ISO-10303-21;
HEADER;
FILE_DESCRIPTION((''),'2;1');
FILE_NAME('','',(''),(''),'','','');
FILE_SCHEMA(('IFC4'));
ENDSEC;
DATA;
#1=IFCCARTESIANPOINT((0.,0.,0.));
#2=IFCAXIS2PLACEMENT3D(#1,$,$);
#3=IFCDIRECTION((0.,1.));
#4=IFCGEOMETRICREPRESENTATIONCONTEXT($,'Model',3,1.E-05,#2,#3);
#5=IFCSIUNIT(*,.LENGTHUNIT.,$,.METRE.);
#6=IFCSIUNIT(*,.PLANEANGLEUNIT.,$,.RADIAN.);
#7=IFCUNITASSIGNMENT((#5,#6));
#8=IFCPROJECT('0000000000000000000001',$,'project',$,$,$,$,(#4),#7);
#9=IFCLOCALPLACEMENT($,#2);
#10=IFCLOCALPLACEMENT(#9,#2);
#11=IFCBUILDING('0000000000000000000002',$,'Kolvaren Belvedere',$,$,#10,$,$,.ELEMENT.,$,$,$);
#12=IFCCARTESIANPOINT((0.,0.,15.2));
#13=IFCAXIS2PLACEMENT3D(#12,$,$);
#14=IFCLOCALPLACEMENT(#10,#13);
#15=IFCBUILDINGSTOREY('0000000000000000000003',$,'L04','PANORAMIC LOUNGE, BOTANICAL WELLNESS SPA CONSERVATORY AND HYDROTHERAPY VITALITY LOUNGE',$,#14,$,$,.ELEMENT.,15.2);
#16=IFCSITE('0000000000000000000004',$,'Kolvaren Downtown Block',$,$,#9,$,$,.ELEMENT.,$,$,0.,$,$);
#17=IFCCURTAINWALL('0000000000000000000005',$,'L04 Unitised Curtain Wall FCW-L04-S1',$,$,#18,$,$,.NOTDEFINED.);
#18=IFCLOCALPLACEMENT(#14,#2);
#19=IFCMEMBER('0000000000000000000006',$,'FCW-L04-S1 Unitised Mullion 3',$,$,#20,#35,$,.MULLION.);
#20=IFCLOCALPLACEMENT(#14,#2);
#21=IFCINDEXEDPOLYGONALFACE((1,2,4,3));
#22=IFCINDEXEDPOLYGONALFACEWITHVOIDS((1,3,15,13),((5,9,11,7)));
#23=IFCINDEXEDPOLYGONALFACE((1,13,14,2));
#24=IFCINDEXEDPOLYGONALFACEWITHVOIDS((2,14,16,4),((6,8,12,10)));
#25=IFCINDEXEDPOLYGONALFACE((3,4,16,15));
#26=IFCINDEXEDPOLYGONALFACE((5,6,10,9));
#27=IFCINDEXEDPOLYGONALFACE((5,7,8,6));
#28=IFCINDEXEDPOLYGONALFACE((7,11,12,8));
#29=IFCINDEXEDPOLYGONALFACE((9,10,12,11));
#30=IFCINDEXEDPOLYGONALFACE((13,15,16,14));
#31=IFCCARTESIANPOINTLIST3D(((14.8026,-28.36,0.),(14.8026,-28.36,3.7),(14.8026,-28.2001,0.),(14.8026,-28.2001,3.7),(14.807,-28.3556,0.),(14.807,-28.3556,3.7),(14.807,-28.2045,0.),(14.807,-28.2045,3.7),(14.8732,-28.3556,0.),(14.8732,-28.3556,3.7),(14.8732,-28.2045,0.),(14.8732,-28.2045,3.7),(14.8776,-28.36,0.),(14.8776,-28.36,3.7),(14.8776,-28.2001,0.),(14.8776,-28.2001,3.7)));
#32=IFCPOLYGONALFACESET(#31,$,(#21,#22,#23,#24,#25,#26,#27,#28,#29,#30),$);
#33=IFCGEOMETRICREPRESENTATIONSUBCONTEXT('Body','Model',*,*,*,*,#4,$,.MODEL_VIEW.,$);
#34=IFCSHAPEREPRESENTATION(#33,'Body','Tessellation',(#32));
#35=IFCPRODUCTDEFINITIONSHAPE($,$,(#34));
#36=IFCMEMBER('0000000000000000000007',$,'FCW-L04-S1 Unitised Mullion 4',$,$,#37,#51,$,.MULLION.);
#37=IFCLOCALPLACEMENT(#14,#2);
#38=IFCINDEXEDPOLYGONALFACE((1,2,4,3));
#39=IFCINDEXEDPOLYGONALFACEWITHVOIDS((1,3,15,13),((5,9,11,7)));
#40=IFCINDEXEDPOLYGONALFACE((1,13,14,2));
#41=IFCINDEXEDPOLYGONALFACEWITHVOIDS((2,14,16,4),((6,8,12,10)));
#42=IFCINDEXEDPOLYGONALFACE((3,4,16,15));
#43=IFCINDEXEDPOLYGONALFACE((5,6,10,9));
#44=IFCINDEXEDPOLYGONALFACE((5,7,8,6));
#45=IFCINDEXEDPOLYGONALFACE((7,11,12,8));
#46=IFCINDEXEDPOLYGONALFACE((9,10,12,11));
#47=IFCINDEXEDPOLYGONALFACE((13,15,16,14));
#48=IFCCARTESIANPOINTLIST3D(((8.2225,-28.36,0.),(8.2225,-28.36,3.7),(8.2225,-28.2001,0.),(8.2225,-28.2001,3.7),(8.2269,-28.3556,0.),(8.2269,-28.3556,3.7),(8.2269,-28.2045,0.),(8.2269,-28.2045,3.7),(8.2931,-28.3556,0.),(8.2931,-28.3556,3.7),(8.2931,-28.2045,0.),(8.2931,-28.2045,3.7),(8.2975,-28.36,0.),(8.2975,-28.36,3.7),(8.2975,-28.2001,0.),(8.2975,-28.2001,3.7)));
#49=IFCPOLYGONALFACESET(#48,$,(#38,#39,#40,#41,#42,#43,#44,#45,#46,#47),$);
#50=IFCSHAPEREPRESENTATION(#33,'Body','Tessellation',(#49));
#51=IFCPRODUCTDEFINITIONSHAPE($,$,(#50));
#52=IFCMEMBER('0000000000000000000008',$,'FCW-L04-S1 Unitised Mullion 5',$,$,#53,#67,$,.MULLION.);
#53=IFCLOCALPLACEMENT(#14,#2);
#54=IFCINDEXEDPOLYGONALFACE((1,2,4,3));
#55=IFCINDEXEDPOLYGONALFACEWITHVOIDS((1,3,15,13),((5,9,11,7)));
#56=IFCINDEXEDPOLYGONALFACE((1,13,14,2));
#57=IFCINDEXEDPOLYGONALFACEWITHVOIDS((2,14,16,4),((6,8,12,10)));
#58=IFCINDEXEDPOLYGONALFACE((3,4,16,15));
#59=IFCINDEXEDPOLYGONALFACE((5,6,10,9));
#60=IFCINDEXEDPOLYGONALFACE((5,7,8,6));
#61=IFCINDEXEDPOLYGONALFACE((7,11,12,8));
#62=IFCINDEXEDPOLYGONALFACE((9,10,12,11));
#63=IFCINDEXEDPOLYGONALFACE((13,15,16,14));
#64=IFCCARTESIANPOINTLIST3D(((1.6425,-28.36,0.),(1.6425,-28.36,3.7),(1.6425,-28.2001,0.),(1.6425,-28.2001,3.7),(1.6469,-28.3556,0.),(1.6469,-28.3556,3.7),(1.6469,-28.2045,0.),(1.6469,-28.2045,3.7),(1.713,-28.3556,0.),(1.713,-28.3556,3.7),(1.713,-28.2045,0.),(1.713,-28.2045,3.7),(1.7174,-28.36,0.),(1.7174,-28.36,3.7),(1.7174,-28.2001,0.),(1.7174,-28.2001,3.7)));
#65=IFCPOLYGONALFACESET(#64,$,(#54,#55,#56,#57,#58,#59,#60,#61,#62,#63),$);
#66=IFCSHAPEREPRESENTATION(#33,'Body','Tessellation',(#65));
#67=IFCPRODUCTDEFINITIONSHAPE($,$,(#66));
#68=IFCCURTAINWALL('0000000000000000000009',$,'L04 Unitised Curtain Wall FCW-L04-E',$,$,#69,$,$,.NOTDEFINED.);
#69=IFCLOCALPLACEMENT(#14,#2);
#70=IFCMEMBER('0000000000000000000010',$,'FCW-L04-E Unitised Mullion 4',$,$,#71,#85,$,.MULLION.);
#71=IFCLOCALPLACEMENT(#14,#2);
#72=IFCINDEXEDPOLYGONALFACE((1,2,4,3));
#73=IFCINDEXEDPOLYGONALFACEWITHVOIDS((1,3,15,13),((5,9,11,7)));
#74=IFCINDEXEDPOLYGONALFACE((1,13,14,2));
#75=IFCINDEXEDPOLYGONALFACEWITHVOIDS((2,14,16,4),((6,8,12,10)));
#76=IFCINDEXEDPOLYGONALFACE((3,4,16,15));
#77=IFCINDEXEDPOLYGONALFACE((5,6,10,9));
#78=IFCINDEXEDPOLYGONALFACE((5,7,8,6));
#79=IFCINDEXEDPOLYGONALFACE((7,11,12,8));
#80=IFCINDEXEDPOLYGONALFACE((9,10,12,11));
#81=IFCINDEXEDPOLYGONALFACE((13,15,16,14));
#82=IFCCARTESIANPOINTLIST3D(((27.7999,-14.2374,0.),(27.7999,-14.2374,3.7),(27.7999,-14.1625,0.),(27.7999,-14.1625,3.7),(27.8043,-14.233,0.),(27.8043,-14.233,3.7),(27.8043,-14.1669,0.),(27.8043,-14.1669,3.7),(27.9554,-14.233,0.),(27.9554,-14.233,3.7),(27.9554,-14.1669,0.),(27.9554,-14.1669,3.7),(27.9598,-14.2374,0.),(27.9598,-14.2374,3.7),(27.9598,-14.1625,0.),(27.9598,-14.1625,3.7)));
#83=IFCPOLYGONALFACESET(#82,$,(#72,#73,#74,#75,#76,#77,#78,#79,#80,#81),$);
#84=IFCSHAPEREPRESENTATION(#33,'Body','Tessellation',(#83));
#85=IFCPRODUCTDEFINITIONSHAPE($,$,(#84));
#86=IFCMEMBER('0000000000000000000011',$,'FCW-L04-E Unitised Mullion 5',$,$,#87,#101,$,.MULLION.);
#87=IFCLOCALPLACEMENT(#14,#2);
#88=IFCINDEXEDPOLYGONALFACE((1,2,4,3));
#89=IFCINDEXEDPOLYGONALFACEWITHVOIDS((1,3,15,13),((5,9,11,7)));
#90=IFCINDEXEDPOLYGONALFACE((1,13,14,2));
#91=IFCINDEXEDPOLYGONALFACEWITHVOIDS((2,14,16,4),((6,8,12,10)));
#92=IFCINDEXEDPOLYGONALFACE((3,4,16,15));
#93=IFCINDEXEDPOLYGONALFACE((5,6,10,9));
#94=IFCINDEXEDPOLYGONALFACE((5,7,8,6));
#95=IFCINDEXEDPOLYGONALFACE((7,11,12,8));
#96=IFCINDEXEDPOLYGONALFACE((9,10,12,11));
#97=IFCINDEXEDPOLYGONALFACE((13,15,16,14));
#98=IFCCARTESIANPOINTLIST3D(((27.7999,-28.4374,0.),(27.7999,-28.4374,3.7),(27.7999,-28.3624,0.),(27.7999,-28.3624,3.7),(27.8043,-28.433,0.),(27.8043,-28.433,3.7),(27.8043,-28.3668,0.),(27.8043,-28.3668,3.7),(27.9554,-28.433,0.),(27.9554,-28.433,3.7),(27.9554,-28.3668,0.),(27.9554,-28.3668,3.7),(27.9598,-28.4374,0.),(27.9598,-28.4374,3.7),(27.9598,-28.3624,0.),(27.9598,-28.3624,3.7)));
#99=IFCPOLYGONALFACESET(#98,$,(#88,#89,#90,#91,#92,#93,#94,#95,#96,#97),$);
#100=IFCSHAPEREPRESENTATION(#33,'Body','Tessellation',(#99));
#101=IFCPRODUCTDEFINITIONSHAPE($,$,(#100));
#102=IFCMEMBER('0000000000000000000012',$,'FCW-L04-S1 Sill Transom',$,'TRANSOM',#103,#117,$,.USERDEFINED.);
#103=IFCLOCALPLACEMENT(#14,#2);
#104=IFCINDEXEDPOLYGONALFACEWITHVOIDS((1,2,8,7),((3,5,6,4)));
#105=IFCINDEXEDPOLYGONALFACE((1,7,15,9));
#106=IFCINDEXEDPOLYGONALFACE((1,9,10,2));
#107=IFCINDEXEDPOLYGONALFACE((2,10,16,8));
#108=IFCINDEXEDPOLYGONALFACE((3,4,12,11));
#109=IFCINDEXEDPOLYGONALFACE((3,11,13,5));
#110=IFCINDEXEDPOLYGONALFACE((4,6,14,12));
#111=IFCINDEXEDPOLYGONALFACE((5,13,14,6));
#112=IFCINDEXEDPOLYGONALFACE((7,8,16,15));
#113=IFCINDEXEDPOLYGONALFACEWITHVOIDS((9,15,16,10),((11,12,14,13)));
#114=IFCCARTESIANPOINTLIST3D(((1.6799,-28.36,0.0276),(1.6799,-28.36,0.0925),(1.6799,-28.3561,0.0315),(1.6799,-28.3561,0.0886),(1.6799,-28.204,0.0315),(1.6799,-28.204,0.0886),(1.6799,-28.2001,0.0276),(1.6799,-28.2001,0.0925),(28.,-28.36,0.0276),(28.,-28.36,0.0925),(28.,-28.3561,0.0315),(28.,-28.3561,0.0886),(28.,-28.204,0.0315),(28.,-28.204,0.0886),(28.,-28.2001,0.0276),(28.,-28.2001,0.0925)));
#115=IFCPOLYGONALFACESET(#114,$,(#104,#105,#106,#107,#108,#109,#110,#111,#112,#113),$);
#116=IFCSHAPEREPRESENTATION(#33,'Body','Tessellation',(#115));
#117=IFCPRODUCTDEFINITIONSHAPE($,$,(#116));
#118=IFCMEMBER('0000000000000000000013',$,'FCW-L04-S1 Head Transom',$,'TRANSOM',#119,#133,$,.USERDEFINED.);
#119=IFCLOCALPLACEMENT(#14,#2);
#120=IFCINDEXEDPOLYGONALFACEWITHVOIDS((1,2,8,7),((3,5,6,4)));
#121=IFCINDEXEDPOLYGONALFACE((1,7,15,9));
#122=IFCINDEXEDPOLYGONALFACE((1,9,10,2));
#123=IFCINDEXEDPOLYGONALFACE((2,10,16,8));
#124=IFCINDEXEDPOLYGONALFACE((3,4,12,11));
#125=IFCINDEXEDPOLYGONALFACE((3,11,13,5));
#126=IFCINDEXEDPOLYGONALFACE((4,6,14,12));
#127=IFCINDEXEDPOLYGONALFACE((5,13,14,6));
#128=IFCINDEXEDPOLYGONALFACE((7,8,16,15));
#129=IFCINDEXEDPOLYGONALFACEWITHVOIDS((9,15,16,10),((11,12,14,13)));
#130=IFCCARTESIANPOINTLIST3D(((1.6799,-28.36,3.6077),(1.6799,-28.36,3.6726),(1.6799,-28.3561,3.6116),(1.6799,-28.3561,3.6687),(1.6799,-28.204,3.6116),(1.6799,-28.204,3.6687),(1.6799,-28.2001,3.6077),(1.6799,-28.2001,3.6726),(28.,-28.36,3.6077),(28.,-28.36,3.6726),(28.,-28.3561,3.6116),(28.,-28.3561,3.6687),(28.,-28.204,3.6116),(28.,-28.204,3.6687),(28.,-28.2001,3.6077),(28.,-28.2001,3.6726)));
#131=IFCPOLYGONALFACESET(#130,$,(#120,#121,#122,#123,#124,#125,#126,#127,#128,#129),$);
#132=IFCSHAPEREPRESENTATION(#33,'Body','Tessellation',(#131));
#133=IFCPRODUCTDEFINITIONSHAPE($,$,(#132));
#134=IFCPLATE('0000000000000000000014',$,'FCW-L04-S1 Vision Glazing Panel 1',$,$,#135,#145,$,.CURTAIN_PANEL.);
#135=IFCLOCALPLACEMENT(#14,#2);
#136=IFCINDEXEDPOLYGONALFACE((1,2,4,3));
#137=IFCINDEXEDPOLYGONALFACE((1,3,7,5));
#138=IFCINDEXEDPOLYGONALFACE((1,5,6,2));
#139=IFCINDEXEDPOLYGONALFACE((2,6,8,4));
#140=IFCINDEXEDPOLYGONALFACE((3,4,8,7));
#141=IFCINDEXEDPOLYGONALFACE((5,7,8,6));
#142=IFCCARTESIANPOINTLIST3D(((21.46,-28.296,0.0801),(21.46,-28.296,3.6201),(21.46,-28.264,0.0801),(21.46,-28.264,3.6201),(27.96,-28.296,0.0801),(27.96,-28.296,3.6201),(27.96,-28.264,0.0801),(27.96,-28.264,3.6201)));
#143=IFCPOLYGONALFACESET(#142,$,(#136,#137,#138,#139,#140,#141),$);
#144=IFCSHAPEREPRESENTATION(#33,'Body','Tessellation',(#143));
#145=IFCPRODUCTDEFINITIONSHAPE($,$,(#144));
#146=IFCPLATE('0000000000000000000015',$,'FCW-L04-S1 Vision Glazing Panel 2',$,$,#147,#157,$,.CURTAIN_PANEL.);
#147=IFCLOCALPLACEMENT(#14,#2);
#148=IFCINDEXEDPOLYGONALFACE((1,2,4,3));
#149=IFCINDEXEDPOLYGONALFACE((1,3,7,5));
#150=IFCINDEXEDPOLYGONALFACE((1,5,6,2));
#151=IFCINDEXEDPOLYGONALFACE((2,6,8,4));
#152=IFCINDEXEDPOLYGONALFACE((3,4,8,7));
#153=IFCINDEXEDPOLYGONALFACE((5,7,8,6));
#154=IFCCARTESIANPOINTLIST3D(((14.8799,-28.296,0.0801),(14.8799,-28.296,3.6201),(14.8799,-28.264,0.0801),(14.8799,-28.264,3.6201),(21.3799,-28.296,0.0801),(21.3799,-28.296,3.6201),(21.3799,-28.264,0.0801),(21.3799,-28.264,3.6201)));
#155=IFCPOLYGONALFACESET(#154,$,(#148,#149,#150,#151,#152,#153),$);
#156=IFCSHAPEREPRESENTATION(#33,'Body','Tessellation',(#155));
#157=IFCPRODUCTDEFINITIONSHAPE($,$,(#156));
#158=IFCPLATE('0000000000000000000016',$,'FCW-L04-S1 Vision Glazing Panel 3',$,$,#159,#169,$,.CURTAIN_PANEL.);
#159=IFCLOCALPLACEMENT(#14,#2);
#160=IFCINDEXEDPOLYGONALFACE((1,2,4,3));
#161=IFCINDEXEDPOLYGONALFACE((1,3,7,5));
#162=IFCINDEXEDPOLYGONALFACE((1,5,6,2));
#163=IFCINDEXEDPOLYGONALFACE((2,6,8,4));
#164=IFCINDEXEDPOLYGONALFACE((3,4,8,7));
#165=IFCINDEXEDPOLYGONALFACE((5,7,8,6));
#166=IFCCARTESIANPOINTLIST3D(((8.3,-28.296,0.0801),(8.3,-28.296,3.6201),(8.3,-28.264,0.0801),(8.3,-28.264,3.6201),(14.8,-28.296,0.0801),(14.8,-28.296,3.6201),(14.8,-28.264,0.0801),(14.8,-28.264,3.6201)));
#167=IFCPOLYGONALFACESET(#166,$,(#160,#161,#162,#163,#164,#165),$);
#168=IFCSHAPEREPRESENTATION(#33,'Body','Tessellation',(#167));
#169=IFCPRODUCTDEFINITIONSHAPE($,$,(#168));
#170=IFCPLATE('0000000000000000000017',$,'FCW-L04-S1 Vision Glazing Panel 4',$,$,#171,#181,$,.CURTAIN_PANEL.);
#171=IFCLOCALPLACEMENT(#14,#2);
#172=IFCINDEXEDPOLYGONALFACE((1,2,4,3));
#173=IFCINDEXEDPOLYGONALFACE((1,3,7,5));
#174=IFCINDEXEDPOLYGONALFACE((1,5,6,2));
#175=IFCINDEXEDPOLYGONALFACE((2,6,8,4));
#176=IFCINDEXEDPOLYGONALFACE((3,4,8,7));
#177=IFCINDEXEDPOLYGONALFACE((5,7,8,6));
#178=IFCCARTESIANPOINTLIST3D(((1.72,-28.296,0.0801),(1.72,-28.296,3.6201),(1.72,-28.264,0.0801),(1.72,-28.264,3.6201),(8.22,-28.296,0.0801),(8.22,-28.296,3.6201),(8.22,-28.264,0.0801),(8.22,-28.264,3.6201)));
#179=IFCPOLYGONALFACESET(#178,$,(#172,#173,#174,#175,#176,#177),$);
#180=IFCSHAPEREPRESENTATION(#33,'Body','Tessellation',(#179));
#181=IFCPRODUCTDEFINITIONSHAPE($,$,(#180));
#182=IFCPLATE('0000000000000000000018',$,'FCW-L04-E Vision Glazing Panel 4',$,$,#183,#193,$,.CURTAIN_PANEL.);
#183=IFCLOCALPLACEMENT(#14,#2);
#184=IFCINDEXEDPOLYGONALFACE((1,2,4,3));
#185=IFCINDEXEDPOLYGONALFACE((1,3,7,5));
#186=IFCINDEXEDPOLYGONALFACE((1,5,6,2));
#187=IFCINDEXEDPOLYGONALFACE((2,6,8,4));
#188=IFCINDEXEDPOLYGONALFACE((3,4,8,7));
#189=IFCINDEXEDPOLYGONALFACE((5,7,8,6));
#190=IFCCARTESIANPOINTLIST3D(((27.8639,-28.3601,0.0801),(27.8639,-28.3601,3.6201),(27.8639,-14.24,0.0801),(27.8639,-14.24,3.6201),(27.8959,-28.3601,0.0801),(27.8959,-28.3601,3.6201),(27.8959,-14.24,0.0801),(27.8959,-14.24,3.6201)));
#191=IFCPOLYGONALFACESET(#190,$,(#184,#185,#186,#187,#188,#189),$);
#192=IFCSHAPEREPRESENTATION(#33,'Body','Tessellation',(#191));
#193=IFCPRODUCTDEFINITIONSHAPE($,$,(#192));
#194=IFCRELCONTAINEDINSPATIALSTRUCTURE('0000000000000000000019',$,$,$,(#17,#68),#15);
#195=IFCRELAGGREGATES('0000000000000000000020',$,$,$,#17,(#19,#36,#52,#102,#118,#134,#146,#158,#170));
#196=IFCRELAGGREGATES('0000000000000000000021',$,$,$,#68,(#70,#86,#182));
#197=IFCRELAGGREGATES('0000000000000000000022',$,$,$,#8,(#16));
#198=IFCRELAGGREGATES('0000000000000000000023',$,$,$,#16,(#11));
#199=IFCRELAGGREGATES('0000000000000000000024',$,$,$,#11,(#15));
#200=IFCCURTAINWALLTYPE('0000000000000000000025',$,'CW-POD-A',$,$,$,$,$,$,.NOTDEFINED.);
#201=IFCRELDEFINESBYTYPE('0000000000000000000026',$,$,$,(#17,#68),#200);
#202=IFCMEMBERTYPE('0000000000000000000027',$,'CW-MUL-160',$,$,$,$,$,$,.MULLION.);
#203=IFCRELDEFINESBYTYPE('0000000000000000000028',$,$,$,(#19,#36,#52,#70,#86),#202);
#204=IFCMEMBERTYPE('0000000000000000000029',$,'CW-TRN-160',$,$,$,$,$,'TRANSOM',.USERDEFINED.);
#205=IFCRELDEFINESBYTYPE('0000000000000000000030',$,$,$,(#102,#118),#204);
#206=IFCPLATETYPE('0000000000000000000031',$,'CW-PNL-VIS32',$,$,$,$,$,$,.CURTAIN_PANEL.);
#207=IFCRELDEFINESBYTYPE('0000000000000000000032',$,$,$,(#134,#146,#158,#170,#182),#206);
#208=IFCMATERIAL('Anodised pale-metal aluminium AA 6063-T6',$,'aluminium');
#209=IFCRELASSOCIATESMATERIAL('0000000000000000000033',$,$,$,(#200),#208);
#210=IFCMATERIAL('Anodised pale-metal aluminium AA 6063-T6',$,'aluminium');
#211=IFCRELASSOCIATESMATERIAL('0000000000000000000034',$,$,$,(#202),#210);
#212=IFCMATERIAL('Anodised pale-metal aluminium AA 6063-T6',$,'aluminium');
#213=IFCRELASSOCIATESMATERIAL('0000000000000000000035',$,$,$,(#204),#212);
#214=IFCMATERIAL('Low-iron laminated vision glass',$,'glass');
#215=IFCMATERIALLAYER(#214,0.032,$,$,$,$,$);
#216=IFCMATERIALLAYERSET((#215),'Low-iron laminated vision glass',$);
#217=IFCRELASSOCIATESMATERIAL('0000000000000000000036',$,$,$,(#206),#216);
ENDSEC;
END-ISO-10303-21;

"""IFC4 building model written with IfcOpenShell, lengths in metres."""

from ifc_helpers import new_model, si_unit, direction, frame, origin, origin_2d, place, context, subcontext, project, spatial, rectangle, hollow_rectangle, extrude, material, layer, layer_set, material_profile, profile_set, type_object, element, aggregate, save


model = new_model("IFC4")

# Units and contexts
model_context = context("Model", 3, precision=1e-05, world=origin(), true_north=direction((0.0, 1.0)))
body_context = subcontext(model_context, "Body", "Model", "MODEL_VIEW")
ifc_project = project(units=[si_unit("LENGTHUNIT", "METRE"), si_unit("PLANEANGLEUNIT", "RADIAN")], contexts=[model_context])

# Site, building, storey
site_placement = place(None, origin())
site = spatial("IfcSite", under=ifc_project, at=site_placement, Name="Kolvaren Downtown Block", CompositionType="ELEMENT", RefElevation=0.0)
building_placement = place(site_placement, origin())
building = spatial("IfcBuilding", under=site, at=building_placement, Name="Kolvaren Belvedere", CompositionType="ELEMENT")
storey_placement = place(building_placement, frame((0.0, 0.0, 15.2)))
storey = spatial("IfcBuildingStorey", under=building, at=storey_placement, Name="L04", Description="PANORAMIC LOUNGE, BOTANICAL WELLNESS SPA CONSERVATORY AND HYDROTHERAPY VITALITY LOUNGE", CompositionType="ELEMENT", Elevation=15.2)

# Curtain walls, members
ifc_material_1 = material(Name="Anodised pale-metal aluminium AA 6063-T6", Category="aluminium")
curtain_wall_type = type_object("IfcCurtainWallType", Name="CW-POD-A", PredefinedType="NOTDEFINED", material=ifc_material_1)
curtain_wall_1_placement = place(storey_placement, origin())
curtain_wall_1 = element("IfcCurtainWall", 1, at=curtain_wall_1_placement, inside=storey, type_object=curtain_wall_type, Name="L04 Unitised Curtain Wall FCW-L04-S1", PredefinedType="NOTDEFINED")
ifc_material_2 = material(Name="Anodised pale-metal aluminium AA 6063-T6", Category="aluminium")
ifc_material_profile_1 = material_profile(ifc_material_2, hollow_rectangle(XDim=0.075, YDim=0.1599, WallThickness=0.0044, at=origin_2d()), Name="ALU-MUL-160X75")
ifc_profile_set_1 = profile_set([ifc_material_profile_1], Name="Anodised pale-metal aluminium AA 6063-T6")
member_type_1 = type_object("IfcMemberType", Name="CW-MUL-160", PredefinedType="MULLION", material=ifc_profile_set_1)
member_1_placement = place(storey_placement, frame((14.8401, -28.28, 0.0), z_axis=(0.0, 0.0, 1.0), x_axis=(1.0, 0.0, 0.0)))
member_1 = element("IfcMember", 2, at=member_1_placement, type_object=member_type_1, Name="FCW-L04-S1 Unitised Mullion 3", PredefinedType="MULLION", context=body_context, shape_type="SweptSolid", body=[
    extrude(hollow_rectangle(XDim=0.075, YDim=0.1599, WallThickness=0.0044, at=origin_2d()), origin(), (0.0, 0.0, 1.0), 3.7),
])
member_2_placement = place(storey_placement, frame((8.26, -28.28, 0.0), z_axis=(0.0, 0.0, 1.0), x_axis=(1.0, 0.0, 0.0)))
member_2 = element("IfcMember", 3, at=member_2_placement, type_object=member_type_1, Name="FCW-L04-S1 Unitised Mullion 4", PredefinedType="MULLION", context=body_context, shape_type="SweptSolid", body=[
    extrude(hollow_rectangle(XDim=0.075, YDim=0.1599, WallThickness=0.0044, at=origin_2d()), origin(), (0.0, 0.0, 1.0), 3.7),
])
member_3_placement = place(storey_placement, frame((1.6799, -28.28, 0.0), z_axis=(0.0, 0.0, 1.0), x_axis=(1.0, 0.0, 0.0)))
member_3 = element("IfcMember", 4, at=member_3_placement, type_object=member_type_1, Name="FCW-L04-S1 Unitised Mullion 5", PredefinedType="MULLION", context=body_context, shape_type="SweptSolid", body=[
    extrude(hollow_rectangle(XDim=0.075, YDim=0.1599, WallThickness=0.0044, at=origin_2d()), origin(), (0.0, 0.0, 1.0), 3.7),
])
curtain_wall_2_placement = place(storey_placement, origin())
curtain_wall_2 = element("IfcCurtainWall", 5, at=curtain_wall_2_placement, inside=storey, type_object=curtain_wall_type, Name="L04 Unitised Curtain Wall FCW-L04-E", PredefinedType="NOTDEFINED")
member_4_placement = place(storey_placement, frame((27.8799, -14.2, 0.0), z_axis=(0.0, 0.0, 1.0), x_axis=(0.0, 1.0, 0.0)))
member_4 = element("IfcMember", 6, at=member_4_placement, type_object=member_type_1, Name="FCW-L04-E Unitised Mullion 4", PredefinedType="MULLION", context=body_context, shape_type="SweptSolid", body=[
    extrude(hollow_rectangle(XDim=0.075, YDim=0.1599, WallThickness=0.0044, at=origin_2d()), origin(), (0.0, 0.0, 1.0), 3.7),
])
member_5_placement = place(storey_placement, frame((27.8799, -28.3999, 0.0), z_axis=(0.0, 0.0, 1.0), x_axis=(0.0, 1.0, 0.0)))
member_5 = element("IfcMember", 7, at=member_5_placement, type_object=member_type_1, Name="FCW-L04-E Unitised Mullion 5", PredefinedType="MULLION", context=body_context, shape_type="SweptSolid", body=[
    extrude(hollow_rectangle(XDim=0.075, YDim=0.1599, WallThickness=0.0044, at=origin_2d()), origin(), (0.0, 0.0, 1.0), 3.7),
])

# Members
ifc_material_3 = material(Name="Anodised pale-metal aluminium AA 6063-T6", Category="aluminium")
ifc_material_profile_2 = material_profile(ifc_material_3, hollow_rectangle(XDim=0.0649, YDim=0.1599, WallThickness=0.0039, at=origin_2d()), Name="ALU-TRN-160X65")
ifc_profile_set_2 = profile_set([ifc_material_profile_2], Name="Anodised pale-metal aluminium AA 6063-T6")
member_type_2 = type_object("IfcMemberType", Name="CW-TRN-160", ElementType="TRANSOM", PredefinedType="USERDEFINED", material=ifc_profile_set_2)
member_6_placement = place(storey_placement, frame((28.0, -28.28, 0.0601), z_axis=(-1.0, 0.0, 0.0), x_axis=(0.0, 0.0, 1.0)))
member_6 = element("IfcMember", 8, at=member_6_placement, type_object=member_type_2, Name="FCW-L04-S1 Sill Transom", ObjectType="TRANSOM", PredefinedType="USERDEFINED", context=body_context, shape_type="SweptSolid", body=[
    extrude(hollow_rectangle(XDim=0.0649, YDim=0.1599, WallThickness=0.0039, at=origin_2d()), origin(), (0.0, 0.0, 1.0), 26.3201),
])
member_7_placement = place(storey_placement, frame((28.0, -28.28, 3.6401), z_axis=(-1.0, 0.0, 0.0), x_axis=(0.0, 0.0, 1.0)))
member_7 = element("IfcMember", 9, at=member_7_placement, type_object=member_type_2, Name="FCW-L04-S1 Head Transom", ObjectType="TRANSOM", PredefinedType="USERDEFINED", context=body_context, shape_type="SweptSolid", body=[
    extrude(hollow_rectangle(XDim=0.0649, YDim=0.1599, WallThickness=0.0039, at=origin_2d()), origin(), (0.0, 0.0, 1.0), 26.3201),
])

# Plates
ifc_material_4 = material(Name="Low-iron laminated vision glass", Category="glass")
ifc_layer_1 = layer(ifc_material_4, 0.032)
ifc_layer_set_1 = layer_set([ifc_layer_1], Name="Low-iron laminated vision glass")
plate_type = type_object("IfcPlateType", Name="CW-PNL-VIS32", PredefinedType="CURTAIN_PANEL", material=ifc_layer_set_1)
plate_1_placement = place(storey_placement, frame((24.71, -28.28, 0.0801), z_axis=(0.0, 0.0, 1.0), x_axis=(-1.0, 0.0, 0.0)))
plate_1 = element("IfcPlate", 10, at=plate_1_placement, type_object=plate_type, Name="FCW-L04-S1 Vision Glazing Panel 1", PredefinedType="CURTAIN_PANEL", context=body_context, shape_type="SweptSolid", body=[
    extrude(rectangle(XDim=6.5, YDim=0.032, at=origin_2d()), origin(), (0.0, 0.0, 1.0), 3.54),
])
plate_2_placement = place(storey_placement, frame((18.1299, -28.28, 0.0801), z_axis=(0.0, 0.0, 1.0), x_axis=(-1.0, 0.0, 0.0)))
plate_2 = element("IfcPlate", 11, at=plate_2_placement, type_object=plate_type, Name="FCW-L04-S1 Vision Glazing Panel 2", PredefinedType="CURTAIN_PANEL", context=body_context, shape_type="SweptSolid", body=[
    extrude(rectangle(XDim=6.5, YDim=0.032, at=origin_2d()), origin(), (0.0, 0.0, 1.0), 3.54),
])
plate_3_placement = place(storey_placement, frame((11.55, -28.28, 0.0801), z_axis=(0.0, 0.0, 1.0), x_axis=(-1.0, 0.0, 0.0)))
plate_3 = element("IfcPlate", 12, at=plate_3_placement, type_object=plate_type, Name="FCW-L04-S1 Vision Glazing Panel 3", PredefinedType="CURTAIN_PANEL", context=body_context, shape_type="SweptSolid", body=[
    extrude(rectangle(XDim=6.5, YDim=0.032, at=origin_2d()), origin(), (0.0, 0.0, 1.0), 3.54),
])
plate_4_placement = place(storey_placement, frame((4.97, -28.28, 0.0801), z_axis=(0.0, 0.0, 1.0), x_axis=(-1.0, 0.0, 0.0)))
plate_4 = element("IfcPlate", 13, at=plate_4_placement, type_object=plate_type, Name="FCW-L04-S1 Vision Glazing Panel 4", PredefinedType="CURTAIN_PANEL", context=body_context, shape_type="SweptSolid", body=[
    extrude(rectangle(XDim=6.5, YDim=0.032, at=origin_2d()), origin(), (0.0, 0.0, 1.0), 3.54),
])
aggregate(curtain_wall_1, [member_1, member_2, member_3, member_6, member_7, plate_1, plate_2, plate_3, plate_4])
plate_5_placement = place(storey_placement, frame((27.8799, -21.3, 0.0801), z_axis=(0.0, 0.0, 1.0), x_axis=(0.0, -1.0, 0.0)))
plate_5 = element("IfcPlate", 14, at=plate_5_placement, type_object=plate_type, Name="FCW-L04-E Vision Glazing Panel 4", PredefinedType="CURTAIN_PANEL", context=body_context, shape_type="SweptSolid", body=[
    extrude(rectangle(XDim=14.1201, YDim=0.032, at=origin_2d()), origin(), (0.0, 0.0, 1.0), 3.54),
])
aggregate(curtain_wall_2, [member_4, member_5, plate_5])

save(model, "model.ifc")
